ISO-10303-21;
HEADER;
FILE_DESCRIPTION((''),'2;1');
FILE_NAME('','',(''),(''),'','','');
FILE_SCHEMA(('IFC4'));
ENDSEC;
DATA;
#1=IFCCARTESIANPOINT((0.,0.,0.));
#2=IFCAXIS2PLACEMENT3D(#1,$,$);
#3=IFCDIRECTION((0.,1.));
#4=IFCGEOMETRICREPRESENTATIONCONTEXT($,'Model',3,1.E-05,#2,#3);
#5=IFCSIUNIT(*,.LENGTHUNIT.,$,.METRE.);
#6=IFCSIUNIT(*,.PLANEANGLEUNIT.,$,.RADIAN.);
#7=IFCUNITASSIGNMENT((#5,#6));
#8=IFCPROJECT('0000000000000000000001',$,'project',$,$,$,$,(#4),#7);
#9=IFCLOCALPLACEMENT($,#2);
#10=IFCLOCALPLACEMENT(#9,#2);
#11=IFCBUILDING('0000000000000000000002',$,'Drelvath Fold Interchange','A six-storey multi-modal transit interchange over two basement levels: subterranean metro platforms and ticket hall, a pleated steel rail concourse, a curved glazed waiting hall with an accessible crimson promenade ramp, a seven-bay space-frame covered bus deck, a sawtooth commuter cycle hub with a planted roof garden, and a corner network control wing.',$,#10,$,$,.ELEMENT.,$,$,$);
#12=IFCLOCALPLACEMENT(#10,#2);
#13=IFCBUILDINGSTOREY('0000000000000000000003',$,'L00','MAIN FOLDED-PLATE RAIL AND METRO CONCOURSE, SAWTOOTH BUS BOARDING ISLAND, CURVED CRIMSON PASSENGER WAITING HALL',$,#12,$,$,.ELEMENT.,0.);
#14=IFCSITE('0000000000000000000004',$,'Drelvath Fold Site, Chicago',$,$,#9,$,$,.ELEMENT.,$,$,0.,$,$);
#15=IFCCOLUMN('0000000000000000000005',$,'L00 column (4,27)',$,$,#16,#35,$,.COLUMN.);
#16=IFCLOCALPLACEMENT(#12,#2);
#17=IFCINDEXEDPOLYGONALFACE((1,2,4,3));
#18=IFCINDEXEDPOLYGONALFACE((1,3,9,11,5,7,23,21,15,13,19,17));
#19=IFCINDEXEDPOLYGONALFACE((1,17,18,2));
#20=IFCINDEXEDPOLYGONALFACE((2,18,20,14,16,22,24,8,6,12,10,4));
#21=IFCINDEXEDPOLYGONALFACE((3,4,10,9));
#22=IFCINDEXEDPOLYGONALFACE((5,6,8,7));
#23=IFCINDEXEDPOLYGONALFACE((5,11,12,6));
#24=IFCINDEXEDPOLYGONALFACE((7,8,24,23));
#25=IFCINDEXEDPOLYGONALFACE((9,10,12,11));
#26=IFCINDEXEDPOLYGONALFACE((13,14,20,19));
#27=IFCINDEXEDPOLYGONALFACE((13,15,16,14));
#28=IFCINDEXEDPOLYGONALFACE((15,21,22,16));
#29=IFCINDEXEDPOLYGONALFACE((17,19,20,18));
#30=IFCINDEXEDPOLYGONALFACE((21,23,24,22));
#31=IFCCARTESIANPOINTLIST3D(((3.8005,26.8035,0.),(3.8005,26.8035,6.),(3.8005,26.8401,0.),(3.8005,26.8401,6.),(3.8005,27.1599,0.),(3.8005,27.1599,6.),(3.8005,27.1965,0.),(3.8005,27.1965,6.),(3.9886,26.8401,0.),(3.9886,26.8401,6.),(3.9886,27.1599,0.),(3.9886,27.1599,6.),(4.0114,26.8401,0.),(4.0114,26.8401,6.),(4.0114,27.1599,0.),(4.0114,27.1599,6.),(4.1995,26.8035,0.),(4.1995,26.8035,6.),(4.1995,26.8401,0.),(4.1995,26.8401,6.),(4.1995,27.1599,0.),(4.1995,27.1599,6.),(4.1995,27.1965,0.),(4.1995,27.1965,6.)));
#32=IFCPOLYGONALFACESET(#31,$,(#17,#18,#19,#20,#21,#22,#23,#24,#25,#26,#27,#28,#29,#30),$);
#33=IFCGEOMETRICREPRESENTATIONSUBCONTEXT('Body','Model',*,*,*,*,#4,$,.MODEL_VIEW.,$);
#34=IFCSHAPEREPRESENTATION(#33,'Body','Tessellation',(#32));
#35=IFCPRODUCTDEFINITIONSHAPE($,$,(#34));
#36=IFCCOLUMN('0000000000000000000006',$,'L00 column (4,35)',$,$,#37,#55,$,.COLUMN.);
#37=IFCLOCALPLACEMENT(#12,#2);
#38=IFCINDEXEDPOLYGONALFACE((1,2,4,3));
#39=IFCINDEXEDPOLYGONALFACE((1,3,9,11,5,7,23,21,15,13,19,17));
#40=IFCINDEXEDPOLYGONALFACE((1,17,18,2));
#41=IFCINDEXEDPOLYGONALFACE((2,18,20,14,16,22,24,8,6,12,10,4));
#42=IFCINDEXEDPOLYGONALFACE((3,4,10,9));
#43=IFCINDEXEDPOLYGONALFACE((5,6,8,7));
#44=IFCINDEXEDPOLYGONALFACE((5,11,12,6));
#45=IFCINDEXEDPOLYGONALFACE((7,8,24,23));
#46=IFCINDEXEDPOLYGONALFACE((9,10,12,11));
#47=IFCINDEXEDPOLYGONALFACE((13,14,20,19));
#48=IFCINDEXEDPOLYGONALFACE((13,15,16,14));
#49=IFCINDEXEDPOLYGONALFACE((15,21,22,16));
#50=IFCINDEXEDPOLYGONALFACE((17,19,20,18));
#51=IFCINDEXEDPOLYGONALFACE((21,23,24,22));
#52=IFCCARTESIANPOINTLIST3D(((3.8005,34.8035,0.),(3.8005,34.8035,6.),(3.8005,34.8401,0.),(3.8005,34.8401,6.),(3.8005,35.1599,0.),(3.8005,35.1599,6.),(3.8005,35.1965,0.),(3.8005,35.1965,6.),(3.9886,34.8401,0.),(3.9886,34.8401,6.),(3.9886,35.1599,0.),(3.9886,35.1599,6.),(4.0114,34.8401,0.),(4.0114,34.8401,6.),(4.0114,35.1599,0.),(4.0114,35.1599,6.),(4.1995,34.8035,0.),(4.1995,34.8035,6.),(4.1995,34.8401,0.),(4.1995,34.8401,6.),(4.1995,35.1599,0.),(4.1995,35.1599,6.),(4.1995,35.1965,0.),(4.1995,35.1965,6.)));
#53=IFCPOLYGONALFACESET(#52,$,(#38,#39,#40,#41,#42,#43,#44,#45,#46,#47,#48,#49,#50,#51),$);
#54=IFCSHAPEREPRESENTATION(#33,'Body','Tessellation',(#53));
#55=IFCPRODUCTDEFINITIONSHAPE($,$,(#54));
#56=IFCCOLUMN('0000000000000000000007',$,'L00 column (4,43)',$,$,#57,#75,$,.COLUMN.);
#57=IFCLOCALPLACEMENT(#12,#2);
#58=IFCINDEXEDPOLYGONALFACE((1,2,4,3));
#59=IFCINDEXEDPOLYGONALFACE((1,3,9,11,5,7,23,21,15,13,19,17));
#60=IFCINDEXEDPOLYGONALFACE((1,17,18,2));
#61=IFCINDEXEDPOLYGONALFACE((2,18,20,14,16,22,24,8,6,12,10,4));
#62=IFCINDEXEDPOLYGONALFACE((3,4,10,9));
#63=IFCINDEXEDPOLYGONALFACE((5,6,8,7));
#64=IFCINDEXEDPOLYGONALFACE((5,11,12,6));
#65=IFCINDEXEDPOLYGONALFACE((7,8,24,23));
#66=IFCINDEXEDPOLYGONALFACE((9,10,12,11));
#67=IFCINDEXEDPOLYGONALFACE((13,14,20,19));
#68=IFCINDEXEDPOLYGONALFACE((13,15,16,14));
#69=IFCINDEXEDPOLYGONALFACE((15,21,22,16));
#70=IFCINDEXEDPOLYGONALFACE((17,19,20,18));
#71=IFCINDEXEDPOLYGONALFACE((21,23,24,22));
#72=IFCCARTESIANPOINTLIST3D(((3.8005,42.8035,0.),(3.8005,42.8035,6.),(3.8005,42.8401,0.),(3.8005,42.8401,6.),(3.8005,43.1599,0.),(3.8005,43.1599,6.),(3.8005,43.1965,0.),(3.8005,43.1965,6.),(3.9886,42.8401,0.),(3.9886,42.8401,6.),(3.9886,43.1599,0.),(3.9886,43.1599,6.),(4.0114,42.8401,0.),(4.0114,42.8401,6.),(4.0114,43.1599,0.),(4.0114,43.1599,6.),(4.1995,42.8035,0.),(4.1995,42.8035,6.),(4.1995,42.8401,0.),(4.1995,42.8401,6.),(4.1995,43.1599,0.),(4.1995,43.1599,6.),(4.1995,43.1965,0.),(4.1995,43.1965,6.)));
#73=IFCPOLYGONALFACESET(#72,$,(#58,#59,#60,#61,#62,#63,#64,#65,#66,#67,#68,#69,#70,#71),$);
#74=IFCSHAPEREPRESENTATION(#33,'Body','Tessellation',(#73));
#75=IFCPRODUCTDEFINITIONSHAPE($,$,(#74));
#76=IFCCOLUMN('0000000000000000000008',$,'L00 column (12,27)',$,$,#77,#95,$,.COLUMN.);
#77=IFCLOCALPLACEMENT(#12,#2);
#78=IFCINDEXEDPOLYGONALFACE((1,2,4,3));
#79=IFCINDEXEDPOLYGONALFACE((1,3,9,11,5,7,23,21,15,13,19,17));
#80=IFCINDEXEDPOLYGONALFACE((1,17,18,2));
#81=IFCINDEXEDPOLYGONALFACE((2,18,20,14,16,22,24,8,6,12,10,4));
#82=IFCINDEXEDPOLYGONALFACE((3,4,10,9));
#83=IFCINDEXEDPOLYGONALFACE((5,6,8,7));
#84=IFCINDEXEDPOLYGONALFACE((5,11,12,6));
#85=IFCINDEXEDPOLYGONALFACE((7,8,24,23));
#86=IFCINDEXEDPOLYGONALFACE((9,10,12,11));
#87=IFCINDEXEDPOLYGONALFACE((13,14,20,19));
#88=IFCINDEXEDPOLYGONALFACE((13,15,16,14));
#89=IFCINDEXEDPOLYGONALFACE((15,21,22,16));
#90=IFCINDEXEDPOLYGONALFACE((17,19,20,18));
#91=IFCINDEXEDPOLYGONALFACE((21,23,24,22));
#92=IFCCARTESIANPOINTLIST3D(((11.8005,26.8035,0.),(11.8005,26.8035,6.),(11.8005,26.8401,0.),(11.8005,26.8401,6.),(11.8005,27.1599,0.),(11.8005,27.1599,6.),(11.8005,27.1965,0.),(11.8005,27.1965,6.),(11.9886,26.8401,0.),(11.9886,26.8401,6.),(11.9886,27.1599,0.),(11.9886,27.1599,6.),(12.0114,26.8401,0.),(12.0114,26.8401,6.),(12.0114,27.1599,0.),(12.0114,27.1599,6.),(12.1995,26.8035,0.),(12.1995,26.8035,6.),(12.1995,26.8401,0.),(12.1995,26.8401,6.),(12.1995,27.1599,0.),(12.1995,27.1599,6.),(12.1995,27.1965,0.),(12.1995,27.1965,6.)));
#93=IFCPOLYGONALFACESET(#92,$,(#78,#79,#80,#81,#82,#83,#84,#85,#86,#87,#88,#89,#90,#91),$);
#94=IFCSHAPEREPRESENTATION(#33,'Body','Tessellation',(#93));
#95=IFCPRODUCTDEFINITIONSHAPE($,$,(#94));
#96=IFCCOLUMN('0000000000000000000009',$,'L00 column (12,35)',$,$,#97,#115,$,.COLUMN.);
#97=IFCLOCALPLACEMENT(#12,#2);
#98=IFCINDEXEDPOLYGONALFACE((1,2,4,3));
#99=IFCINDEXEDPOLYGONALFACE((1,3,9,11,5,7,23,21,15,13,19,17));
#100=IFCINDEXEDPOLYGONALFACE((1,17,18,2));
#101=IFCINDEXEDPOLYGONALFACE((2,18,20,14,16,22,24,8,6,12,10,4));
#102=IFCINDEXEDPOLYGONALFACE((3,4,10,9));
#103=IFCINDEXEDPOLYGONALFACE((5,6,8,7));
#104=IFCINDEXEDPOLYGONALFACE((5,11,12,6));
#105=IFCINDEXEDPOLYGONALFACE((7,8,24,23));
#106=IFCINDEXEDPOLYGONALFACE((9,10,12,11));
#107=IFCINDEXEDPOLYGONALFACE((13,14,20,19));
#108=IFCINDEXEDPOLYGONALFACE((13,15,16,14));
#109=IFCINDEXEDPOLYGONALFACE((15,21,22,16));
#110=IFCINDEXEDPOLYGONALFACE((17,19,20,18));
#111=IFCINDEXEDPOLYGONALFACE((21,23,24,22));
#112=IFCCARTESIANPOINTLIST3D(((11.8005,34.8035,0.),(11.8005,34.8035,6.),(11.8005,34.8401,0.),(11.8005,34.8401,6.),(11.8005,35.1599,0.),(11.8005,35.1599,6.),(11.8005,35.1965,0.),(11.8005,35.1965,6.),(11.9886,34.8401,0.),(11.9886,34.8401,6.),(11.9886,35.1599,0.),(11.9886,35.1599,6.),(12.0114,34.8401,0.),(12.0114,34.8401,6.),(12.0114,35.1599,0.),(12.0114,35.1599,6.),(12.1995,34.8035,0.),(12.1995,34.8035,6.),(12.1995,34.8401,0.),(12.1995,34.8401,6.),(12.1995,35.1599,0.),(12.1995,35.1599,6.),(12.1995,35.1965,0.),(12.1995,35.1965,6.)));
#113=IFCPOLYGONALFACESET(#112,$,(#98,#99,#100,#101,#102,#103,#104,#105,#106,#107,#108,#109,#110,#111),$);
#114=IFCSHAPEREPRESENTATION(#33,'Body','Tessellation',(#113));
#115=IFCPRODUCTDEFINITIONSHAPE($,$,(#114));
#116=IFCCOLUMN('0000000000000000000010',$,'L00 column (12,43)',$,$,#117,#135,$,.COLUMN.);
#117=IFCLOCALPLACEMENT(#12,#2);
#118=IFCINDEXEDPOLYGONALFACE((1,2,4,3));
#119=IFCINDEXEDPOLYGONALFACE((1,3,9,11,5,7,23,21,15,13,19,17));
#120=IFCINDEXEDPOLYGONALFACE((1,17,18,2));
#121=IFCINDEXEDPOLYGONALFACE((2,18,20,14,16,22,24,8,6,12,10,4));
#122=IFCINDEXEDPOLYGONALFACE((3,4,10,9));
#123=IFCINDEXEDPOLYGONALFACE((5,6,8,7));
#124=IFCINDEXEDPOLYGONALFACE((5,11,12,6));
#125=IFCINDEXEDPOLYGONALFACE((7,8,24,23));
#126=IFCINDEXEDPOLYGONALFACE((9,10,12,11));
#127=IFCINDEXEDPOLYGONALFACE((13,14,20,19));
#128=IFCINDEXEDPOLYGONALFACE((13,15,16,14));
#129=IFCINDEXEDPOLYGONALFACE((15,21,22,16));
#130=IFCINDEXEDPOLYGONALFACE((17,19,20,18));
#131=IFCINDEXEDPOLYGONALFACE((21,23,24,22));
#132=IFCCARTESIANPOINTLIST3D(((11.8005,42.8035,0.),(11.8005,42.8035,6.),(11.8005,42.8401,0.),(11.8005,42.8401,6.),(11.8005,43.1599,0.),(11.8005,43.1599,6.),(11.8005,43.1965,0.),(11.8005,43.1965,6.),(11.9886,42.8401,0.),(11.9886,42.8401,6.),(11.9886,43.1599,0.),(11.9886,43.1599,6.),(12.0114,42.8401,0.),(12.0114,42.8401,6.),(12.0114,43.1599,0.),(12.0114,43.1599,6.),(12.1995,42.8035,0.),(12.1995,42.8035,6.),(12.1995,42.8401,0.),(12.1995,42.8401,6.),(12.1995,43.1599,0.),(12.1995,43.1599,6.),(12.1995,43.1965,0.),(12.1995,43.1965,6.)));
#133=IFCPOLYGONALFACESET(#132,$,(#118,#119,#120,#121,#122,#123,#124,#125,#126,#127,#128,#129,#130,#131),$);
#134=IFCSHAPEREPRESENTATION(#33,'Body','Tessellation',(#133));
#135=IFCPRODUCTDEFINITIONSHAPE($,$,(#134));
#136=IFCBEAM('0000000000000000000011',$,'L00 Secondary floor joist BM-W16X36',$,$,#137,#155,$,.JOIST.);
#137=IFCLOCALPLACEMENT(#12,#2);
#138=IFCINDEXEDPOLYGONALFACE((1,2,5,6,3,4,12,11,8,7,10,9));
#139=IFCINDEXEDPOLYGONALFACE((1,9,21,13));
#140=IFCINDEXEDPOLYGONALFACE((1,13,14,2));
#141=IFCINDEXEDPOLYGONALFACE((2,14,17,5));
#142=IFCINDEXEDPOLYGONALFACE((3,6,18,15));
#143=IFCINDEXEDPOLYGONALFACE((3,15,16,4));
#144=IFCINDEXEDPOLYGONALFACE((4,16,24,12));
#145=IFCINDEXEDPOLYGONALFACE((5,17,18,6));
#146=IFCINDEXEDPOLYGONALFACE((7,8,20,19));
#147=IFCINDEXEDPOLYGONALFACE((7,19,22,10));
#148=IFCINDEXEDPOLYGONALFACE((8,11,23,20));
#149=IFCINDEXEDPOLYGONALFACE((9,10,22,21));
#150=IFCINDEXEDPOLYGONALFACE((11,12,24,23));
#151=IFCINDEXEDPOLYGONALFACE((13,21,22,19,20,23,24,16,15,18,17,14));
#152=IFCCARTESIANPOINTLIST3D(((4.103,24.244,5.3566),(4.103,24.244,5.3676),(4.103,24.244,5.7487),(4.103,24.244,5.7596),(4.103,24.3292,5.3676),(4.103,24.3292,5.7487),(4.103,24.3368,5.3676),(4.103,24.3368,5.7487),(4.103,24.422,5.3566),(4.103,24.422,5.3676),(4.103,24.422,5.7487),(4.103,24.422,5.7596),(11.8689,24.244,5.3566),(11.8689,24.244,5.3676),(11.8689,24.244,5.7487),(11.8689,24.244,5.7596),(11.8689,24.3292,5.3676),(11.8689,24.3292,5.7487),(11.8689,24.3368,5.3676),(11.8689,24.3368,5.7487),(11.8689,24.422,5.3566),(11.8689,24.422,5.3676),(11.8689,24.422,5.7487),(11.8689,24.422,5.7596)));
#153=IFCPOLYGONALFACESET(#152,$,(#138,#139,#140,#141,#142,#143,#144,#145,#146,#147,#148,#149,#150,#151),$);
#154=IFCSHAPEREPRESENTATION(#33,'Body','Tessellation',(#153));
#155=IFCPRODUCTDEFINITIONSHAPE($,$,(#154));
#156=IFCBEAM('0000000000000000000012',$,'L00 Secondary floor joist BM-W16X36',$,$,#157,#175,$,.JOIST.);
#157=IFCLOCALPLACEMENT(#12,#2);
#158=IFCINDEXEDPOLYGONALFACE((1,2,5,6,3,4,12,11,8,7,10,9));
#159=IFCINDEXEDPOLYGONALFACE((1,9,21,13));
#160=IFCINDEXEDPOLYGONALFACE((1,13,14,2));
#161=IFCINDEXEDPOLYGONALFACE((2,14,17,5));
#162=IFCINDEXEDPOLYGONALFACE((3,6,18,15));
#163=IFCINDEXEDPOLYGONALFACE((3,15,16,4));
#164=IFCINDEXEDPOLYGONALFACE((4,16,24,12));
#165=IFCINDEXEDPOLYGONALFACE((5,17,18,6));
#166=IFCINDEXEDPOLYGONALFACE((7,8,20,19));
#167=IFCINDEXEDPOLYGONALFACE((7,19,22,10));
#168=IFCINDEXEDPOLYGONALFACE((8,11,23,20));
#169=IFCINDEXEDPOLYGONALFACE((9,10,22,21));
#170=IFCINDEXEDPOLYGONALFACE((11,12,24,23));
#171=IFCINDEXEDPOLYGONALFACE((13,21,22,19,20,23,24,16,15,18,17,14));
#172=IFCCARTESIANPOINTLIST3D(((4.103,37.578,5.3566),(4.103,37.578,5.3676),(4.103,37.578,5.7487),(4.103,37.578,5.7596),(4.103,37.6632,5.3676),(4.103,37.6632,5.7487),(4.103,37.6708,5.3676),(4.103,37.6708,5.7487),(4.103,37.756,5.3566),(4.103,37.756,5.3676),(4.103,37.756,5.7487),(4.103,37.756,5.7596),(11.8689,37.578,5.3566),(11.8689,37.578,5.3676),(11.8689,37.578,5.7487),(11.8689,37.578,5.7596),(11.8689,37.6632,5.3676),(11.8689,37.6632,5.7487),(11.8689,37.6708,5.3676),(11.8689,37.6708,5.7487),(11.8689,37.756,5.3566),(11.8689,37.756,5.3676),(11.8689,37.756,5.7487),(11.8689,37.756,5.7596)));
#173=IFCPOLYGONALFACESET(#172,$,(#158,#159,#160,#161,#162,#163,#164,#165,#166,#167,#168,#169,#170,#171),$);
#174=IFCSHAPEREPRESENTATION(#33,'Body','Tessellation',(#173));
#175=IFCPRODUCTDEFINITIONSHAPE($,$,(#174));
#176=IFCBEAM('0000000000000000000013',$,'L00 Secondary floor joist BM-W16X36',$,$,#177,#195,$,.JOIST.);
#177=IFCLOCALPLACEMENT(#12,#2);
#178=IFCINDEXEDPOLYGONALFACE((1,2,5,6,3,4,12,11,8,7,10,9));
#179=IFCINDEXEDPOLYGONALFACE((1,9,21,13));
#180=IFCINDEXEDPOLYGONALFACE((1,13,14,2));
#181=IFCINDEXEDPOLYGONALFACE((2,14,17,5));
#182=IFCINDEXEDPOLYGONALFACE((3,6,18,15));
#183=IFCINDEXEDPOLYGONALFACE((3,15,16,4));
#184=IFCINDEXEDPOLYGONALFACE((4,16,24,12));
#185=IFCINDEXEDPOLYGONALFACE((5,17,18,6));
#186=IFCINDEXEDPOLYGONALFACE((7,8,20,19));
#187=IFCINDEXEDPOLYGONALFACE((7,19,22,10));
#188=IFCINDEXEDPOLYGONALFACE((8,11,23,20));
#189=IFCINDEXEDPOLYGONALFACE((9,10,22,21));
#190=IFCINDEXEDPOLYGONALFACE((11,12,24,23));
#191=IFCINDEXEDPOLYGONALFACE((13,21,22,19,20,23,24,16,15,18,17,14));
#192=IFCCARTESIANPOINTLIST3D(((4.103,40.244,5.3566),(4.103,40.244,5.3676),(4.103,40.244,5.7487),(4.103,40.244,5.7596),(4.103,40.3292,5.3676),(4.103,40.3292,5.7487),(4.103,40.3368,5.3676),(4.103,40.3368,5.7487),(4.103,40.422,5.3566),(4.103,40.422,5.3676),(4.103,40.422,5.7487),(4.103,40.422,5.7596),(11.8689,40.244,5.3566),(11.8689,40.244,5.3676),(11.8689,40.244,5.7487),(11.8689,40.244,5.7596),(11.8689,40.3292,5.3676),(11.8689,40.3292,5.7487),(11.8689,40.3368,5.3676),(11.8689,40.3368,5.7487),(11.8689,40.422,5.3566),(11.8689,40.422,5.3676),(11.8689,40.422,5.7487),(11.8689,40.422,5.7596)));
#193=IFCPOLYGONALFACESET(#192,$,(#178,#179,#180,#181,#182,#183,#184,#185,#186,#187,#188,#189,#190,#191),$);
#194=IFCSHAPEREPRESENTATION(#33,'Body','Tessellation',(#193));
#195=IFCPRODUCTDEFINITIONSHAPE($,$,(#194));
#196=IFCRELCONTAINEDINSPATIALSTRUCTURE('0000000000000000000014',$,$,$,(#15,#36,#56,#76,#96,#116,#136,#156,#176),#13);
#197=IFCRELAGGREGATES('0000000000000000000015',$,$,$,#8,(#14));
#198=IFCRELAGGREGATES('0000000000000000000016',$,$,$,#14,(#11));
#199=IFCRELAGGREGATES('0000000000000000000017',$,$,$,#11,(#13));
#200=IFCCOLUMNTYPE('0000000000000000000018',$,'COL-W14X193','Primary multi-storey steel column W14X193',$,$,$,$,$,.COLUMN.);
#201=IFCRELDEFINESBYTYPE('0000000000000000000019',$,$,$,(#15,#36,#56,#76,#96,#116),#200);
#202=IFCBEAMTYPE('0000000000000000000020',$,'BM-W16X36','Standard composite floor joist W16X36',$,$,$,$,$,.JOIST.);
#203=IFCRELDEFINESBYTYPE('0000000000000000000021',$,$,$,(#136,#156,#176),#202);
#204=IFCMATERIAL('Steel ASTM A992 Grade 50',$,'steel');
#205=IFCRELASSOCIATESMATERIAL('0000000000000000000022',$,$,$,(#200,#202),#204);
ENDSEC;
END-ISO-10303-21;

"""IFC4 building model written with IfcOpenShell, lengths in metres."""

from ifc_helpers import new_model, si_unit, direction, frame, origin, origin_2d, place, context, subcontext, project, spatial, i_section, extrude, material, material_profile, profile_set, type_object, element, save


model = new_model("IFC4")

# Units and contexts
model_context = context("Model", 3, precision=1e-05, world=origin(), true_north=direction((0.0, 1.0)))
body_context = subcontext(model_context, "Body", "Model", "MODEL_VIEW")
ifc_project = project(units=[si_unit("LENGTHUNIT", "METRE"), si_unit("PLANEANGLEUNIT", "RADIAN")], contexts=[model_context])

# Site, building, storey
site_placement = place(None, origin())
site = spatial("IfcSite", under=ifc_project, at=site_placement, Name="Drelvath Fold Site, Chicago", CompositionType="ELEMENT", RefElevation=0.0)
building_placement = place(site_placement, origin())
building = spatial("IfcBuilding", under=site, at=building_placement, Name="Drelvath Fold Interchange", Description="A six-storey multi-modal transit interchange over two basement levels: subterranean metro platforms and ticket hall, a pleated steel rail concourse, a curved glazed waiting hall with an accessible crimson promenade ramp, a seven-bay space-frame covered bus deck, a sawtooth commuter cycle hub with a planted roof garden, and a corner network control wing.", CompositionType="ELEMENT")
storey_placement = place(building_placement, origin())
storey = spatial("IfcBuildingStorey", under=building, at=storey_placement, Name="L00", Description="MAIN FOLDED-PLATE RAIL AND METRO CONCOURSE, SAWTOOTH BUS BOARDING ISLAND, CURVED CRIMSON PASSENGER WAITING HALL", CompositionType="ELEMENT", Elevation=0.0)

# Columns
ifc_material_1 = material(Name="Steel ASTM A992 Grade 50", Category="steel")
ifc_material_profile_1 = material_profile(ifc_material_1, i_section(OverallWidth=0.3989, OverallDepth=0.3931, WebThickness=0.0227, FlangeThickness=0.0366, at=origin_2d()), Name="W14X193")
ifc_profile_set_1 = profile_set([ifc_material_profile_1], Name="Steel ASTM A992 Grade 50")
column_type = type_object("IfcColumnType", Name="COL-W14X193", Description="Primary multi-storey steel column W14X193", PredefinedType="COLUMN", material=ifc_profile_set_1)
for number, where, z_axis, x_axis, name in (
    (1, (4.0, 27.0, 0.0), (0.0, 0.0, 1.0), (1.0, 0.0, 0.0), "L00 column (4,27)"),
    (2, (4.0, 35.0, 0.0), (0.0, 0.0, 1.0), (1.0, 0.0, 0.0), "L00 column (4,35)"),
    (3, (4.0, 43.0, 0.0), (0.0, 0.0, 1.0), (1.0, 0.0, 0.0), "L00 column (4,43)"),
    (4, (12.0, 27.0, 0.0), (0.0, 0.0, 1.0), (1.0, 0.0, 0.0), "L00 column (12,27)"),
    (5, (12.0, 35.0, 0.0), (0.0, 0.0, 1.0), (1.0, 0.0, 0.0), "L00 column (12,35)"),
    (6, (12.0, 43.0, 0.0), (0.0, 0.0, 1.0), (1.0, 0.0, 0.0), "L00 column (12,43)"),
):
    element("IfcColumn", number, at=place(storey_placement, frame(where, z_axis=z_axis, x_axis=x_axis)), inside=storey, type_object=column_type, Name=name, PredefinedType="COLUMN", context=body_context, shape_type="SweptSolid", body=[
        extrude(i_section(OverallWidth=0.3989, OverallDepth=0.3931, WebThickness=0.0227, FlangeThickness=0.0366, at=origin_2d()), origin(), (0.0, 0.0, 1.0), 6.0),
    ])

# Beams
ifc_material_profile_2 = material_profile(ifc_material_1, i_section(OverallWidth=0.178, OverallDepth=0.4031, WebThickness=0.0076, FlangeThickness=0.011, at=origin_2d()), Name="W16X36")
ifc_profile_set_2 = profile_set([ifc_material_profile_2], Name="Steel ASTM A992 Grade 50")
beam_type_1 = type_object("IfcBeamType", Name="BM-W16X36", Description="Standard composite floor joist W16X36", PredefinedType="JOIST", material=ifc_profile_set_2)
for number, where, z_axis, x_axis, name in (
    (7, (4.103, 24.333, 5.5581), (1.0, 0.0, 0.0), (0.0, 1.0, 0.0), "L00 Secondary floor joist BM-W16X36"),
    (8, (4.103, 37.667, 5.5581), (1.0, 0.0, 0.0), (0.0, 1.0, 0.0), "L00 Secondary floor joist BM-W16X36"),
    (9, (4.103, 40.333, 5.5581), (1.0, 0.0, 0.0), (0.0, 1.0, 0.0), "L00 Secondary floor joist BM-W16X36"),
):
    element("IfcBeam", number, at=place(storey_placement, frame(where, z_axis=z_axis, x_axis=x_axis)), inside=storey, type_object=beam_type_1, Name=name, PredefinedType="JOIST", context=body_context, shape_type="SweptSolid", body=[
        extrude(i_section(OverallWidth=0.178, OverallDepth=0.4031, WebThickness=0.0076, FlangeThickness=0.011, at=origin_2d()), origin(), (0.0, 0.0, 1.0), 7.7659),
    ])

save(model, "model.ifc")
